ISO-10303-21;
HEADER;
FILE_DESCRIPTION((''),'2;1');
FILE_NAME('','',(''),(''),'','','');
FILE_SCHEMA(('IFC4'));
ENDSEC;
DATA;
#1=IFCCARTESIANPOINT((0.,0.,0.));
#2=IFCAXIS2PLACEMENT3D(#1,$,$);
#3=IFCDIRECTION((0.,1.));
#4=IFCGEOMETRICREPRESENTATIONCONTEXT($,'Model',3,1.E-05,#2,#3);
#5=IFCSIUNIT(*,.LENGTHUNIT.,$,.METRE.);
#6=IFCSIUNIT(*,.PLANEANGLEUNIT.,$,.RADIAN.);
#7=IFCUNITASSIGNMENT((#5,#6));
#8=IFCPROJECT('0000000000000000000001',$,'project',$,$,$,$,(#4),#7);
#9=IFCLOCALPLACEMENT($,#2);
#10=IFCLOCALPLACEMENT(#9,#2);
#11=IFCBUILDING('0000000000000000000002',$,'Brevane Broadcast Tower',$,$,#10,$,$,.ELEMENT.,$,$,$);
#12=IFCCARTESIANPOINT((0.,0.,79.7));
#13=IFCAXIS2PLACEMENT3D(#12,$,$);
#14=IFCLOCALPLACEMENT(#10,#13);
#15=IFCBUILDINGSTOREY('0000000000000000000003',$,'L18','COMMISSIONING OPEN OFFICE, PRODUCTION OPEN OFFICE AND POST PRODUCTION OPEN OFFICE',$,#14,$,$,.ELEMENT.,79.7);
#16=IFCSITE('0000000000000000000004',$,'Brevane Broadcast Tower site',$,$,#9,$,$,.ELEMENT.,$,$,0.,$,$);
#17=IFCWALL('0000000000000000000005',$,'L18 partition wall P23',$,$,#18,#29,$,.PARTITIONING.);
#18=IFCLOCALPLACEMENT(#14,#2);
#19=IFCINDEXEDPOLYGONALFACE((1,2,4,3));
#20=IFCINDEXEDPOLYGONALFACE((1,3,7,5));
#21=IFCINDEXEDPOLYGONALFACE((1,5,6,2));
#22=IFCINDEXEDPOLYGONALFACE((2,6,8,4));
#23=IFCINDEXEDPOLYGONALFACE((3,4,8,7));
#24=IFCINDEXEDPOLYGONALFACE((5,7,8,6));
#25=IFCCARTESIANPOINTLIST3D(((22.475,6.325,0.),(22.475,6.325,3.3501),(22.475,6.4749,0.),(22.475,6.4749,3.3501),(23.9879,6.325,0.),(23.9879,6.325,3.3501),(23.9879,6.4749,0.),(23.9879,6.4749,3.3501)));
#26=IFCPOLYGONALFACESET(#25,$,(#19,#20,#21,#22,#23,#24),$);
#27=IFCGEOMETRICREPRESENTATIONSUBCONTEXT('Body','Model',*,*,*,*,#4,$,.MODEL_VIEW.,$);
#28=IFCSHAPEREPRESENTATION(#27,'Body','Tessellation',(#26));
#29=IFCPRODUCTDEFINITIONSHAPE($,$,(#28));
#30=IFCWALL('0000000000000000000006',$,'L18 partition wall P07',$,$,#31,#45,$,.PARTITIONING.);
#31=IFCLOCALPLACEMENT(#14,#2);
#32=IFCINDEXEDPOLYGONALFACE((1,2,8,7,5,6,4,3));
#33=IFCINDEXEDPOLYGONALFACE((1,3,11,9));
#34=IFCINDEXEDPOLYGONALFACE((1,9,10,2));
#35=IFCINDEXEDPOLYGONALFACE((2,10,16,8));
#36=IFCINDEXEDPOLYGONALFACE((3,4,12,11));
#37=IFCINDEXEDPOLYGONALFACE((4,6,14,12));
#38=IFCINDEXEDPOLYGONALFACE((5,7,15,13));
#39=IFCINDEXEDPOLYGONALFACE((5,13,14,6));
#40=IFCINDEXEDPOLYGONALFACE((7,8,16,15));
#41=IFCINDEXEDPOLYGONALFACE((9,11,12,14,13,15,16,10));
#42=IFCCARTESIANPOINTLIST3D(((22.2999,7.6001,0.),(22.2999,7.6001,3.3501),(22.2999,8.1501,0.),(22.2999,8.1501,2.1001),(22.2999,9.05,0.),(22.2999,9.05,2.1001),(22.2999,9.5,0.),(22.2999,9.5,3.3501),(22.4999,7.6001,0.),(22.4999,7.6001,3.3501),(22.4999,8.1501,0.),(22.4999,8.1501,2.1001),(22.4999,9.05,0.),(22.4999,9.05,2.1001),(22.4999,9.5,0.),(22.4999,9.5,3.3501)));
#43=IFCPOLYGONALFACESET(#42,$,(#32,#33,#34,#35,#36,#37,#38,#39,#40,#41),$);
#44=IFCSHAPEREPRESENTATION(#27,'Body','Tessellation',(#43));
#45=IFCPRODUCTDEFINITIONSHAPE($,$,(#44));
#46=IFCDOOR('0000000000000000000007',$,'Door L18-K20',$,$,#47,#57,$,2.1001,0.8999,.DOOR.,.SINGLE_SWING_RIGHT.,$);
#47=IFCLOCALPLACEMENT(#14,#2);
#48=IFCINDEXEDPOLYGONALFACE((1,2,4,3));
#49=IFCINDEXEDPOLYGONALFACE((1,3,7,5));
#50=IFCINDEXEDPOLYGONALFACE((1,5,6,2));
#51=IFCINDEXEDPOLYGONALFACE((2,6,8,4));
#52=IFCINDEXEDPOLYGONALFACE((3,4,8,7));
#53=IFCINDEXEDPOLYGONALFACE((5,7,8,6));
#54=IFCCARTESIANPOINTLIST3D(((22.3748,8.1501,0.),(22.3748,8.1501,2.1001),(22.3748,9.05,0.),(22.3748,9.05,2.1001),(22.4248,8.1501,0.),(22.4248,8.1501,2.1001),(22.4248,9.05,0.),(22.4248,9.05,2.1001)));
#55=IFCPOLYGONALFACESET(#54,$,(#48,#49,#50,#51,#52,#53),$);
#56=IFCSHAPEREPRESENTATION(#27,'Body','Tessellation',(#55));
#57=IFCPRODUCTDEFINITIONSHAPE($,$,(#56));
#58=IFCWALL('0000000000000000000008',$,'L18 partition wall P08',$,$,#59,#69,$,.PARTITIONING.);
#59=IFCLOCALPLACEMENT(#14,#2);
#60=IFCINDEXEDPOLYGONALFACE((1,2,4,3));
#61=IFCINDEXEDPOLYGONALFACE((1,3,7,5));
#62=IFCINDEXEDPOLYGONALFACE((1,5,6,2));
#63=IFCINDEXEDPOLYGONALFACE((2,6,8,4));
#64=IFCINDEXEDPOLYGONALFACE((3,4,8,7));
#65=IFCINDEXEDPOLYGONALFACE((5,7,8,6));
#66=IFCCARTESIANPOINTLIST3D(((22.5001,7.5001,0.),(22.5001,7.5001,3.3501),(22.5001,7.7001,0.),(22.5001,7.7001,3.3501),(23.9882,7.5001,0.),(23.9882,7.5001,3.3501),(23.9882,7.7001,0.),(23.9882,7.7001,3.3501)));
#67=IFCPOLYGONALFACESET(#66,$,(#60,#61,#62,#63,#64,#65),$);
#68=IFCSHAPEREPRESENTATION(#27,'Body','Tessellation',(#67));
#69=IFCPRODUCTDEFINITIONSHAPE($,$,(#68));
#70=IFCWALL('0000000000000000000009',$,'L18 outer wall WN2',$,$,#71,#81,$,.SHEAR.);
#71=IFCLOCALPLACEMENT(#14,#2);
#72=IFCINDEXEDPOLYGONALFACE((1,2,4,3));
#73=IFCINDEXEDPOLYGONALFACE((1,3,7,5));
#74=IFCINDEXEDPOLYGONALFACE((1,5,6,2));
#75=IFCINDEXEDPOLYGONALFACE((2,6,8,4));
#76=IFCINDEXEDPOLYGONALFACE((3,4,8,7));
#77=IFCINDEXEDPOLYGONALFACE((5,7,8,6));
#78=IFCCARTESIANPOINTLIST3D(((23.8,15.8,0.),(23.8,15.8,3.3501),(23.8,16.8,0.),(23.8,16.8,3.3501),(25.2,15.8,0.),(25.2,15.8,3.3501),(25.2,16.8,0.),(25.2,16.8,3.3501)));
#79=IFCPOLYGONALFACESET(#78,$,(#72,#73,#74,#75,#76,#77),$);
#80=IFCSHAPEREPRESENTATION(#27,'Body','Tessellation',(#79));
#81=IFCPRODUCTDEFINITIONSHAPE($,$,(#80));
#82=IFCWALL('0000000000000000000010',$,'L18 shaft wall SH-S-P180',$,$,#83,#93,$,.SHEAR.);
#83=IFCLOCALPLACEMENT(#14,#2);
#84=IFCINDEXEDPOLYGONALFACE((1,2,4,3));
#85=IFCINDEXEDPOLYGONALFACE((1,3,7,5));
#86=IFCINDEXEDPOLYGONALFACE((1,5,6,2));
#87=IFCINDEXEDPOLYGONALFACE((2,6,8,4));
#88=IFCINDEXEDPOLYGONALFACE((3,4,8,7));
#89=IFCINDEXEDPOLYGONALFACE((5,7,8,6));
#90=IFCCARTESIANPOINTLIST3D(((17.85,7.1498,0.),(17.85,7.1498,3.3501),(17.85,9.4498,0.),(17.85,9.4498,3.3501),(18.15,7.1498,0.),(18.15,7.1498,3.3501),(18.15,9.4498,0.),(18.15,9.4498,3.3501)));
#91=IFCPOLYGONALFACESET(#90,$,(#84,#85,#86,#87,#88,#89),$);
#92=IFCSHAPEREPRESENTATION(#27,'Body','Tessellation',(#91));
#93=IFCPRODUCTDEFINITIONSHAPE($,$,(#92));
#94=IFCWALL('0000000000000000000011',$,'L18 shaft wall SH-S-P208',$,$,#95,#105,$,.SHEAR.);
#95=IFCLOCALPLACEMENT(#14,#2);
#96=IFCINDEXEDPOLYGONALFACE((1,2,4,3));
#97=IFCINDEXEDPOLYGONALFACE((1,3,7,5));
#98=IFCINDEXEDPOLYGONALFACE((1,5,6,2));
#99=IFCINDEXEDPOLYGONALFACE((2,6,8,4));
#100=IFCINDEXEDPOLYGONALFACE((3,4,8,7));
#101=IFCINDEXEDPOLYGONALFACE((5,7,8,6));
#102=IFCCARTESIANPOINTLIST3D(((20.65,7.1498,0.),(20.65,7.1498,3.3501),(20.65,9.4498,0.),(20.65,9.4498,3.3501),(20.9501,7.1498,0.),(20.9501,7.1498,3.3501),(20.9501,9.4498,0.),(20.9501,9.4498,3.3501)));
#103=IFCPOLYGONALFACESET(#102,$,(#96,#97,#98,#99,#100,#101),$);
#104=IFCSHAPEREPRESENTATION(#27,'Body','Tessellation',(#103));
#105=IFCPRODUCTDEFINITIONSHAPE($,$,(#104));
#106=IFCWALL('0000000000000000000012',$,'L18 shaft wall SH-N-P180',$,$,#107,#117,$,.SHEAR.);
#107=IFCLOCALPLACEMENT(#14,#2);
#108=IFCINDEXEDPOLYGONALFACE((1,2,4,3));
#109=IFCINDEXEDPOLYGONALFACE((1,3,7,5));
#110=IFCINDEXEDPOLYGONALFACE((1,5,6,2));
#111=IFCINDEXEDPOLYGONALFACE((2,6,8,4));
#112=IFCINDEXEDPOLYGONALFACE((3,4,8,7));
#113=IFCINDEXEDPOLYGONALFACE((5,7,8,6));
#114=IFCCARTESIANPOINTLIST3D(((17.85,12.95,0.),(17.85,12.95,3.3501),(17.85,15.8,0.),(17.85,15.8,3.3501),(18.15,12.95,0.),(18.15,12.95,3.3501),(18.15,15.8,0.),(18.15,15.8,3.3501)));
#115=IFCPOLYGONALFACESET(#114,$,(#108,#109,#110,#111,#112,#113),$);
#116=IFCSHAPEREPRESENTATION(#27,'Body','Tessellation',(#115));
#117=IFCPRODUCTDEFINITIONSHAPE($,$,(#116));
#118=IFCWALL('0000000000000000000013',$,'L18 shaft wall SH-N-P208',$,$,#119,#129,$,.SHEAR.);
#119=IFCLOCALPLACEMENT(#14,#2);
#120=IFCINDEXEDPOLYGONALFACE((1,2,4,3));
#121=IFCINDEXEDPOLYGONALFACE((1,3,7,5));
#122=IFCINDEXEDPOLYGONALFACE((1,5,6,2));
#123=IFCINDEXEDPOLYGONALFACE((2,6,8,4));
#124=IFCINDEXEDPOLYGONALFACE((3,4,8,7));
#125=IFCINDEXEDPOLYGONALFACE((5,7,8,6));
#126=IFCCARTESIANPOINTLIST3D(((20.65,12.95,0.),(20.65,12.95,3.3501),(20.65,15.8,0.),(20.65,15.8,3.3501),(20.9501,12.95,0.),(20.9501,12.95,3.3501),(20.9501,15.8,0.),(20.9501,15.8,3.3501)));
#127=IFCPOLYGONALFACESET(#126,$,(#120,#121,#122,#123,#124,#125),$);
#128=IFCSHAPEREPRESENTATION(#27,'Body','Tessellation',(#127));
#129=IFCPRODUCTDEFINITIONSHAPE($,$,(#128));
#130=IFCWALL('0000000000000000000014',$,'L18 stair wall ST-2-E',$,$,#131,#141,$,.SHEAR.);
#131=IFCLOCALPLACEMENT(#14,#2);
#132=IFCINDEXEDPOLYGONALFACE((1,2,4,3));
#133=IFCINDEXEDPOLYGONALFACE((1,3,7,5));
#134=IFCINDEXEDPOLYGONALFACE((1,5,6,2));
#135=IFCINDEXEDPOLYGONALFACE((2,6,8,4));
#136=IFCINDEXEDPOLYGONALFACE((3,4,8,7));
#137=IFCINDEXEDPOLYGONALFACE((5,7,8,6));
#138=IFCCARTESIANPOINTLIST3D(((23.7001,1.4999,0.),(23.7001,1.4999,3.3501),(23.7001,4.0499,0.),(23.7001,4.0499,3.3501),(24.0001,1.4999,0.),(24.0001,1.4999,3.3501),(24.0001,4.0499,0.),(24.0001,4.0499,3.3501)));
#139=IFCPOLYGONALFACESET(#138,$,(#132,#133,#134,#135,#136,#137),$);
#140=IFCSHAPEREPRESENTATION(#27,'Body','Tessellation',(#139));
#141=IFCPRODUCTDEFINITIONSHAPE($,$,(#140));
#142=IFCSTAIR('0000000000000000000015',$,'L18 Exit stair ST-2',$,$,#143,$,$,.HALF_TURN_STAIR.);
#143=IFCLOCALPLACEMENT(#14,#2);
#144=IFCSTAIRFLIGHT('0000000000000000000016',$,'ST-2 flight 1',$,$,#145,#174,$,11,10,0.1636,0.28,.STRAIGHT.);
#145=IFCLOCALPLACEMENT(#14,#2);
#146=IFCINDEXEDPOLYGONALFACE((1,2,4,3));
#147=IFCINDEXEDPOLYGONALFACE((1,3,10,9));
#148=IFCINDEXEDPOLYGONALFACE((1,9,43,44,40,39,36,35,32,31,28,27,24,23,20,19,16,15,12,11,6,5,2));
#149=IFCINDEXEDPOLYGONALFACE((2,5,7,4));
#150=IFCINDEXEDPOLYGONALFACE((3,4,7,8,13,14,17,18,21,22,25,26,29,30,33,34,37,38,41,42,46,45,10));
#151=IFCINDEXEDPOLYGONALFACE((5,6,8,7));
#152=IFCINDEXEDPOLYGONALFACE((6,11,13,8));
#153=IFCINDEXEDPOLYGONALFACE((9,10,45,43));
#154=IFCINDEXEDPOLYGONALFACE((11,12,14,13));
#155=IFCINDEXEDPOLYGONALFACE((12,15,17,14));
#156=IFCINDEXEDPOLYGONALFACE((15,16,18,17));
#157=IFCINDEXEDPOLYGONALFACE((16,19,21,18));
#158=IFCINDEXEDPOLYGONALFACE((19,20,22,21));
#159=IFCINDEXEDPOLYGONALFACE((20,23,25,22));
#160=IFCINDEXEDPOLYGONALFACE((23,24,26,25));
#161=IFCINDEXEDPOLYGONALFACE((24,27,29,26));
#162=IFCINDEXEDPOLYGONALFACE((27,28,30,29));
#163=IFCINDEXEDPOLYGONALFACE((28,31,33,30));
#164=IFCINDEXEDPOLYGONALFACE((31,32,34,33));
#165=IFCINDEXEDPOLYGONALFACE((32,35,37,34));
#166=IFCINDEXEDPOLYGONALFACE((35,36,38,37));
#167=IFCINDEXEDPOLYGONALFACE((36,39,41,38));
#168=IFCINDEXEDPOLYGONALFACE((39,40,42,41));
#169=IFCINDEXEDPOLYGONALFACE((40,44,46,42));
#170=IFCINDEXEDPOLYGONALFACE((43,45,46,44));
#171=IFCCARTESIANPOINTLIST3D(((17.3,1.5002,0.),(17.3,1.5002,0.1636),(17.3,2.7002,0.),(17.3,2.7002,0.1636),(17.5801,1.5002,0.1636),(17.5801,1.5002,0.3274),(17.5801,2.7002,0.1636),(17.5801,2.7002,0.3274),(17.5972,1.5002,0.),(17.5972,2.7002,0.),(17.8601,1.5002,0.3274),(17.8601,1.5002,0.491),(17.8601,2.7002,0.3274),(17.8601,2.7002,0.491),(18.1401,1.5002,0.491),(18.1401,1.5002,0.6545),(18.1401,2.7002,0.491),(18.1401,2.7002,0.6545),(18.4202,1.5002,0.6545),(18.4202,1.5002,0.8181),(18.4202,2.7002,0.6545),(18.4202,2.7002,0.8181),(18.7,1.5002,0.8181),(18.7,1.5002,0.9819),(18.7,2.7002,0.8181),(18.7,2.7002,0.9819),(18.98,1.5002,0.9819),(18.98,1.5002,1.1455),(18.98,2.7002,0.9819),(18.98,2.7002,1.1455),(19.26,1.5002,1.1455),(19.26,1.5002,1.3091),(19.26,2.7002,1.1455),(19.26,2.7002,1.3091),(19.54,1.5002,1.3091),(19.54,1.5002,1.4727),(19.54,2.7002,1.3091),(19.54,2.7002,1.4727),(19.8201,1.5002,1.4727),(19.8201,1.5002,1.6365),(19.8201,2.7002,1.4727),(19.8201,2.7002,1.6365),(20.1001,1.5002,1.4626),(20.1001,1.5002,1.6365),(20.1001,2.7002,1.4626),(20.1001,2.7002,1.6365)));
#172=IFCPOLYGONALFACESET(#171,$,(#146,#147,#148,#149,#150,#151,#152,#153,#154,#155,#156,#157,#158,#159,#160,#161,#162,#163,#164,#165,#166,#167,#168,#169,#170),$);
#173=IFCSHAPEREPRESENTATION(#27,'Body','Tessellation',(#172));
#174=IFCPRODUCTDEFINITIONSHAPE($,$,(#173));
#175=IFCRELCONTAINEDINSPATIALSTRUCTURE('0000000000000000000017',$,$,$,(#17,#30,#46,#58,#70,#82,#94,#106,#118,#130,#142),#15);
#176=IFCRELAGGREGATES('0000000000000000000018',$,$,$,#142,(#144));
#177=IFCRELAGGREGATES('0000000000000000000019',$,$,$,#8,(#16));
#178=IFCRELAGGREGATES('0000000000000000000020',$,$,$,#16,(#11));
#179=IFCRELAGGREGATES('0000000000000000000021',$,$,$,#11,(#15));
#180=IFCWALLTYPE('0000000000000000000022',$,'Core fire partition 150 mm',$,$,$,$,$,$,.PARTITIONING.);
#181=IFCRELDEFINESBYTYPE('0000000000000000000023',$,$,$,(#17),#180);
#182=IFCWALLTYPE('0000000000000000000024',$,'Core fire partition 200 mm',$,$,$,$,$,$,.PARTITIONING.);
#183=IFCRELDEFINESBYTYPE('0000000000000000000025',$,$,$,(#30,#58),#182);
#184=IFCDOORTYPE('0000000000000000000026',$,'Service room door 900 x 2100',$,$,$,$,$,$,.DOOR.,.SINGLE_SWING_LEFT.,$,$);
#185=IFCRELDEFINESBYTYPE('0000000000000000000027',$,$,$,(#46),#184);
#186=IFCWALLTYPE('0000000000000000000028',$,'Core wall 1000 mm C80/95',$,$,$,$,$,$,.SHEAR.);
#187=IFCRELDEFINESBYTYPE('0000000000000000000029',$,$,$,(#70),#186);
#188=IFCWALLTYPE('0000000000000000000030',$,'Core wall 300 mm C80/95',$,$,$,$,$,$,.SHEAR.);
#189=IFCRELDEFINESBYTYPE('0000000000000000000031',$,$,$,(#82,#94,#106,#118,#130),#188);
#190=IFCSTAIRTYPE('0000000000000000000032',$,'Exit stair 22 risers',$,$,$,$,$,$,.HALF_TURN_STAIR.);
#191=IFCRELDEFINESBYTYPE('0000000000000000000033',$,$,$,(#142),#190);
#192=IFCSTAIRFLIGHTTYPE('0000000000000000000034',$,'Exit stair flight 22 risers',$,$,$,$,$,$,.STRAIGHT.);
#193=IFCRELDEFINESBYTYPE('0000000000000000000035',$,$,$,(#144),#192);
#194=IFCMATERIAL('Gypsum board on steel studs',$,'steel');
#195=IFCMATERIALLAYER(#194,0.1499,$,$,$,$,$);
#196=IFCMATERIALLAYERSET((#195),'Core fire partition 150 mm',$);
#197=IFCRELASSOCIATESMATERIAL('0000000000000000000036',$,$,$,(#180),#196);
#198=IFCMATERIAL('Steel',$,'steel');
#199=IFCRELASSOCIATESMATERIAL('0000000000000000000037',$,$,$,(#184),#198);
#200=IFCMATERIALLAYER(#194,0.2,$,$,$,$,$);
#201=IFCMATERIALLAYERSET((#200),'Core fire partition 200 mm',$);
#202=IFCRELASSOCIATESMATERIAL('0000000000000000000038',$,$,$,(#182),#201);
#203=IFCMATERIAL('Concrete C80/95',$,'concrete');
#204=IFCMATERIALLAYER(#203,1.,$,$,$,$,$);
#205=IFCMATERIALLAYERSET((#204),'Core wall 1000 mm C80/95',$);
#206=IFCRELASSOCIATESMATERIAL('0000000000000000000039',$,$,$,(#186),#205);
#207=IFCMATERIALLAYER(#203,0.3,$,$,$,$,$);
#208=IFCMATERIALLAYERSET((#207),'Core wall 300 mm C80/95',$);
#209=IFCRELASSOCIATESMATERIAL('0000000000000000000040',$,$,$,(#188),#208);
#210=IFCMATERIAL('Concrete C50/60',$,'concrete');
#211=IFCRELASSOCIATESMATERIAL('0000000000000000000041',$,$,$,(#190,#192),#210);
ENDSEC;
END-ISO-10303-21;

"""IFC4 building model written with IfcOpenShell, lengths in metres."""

from ifc_helpers import new_model, si_unit, direction, frame, frame_2d, origin, place, context, subcontext, project, spatial, polyline, rectangle, outline, extrude, material, layer, layer_set, type_object, element, fill, aggregate, save


model = new_model("IFC4")

# Units and contexts
model_context = context("Model", 3, precision=1e-05, world=origin(), true_north=direction((0.0, 1.0)))
body_context = subcontext(model_context, "Body", "Model", "MODEL_VIEW")
ifc_project = project(units=[si_unit("LENGTHUNIT", "METRE"), si_unit("PLANEANGLEUNIT", "RADIAN")], contexts=[model_context])

# Site, building, storey
site_placement = place(None, origin())
site = spatial("IfcSite", under=ifc_project, at=site_placement, Name="Brevane Broadcast Tower site", CompositionType="ELEMENT", RefElevation=0.0)
building_placement = place(site_placement, origin())
building = spatial("IfcBuilding", under=site, at=building_placement, Name="Brevane Broadcast Tower", CompositionType="ELEMENT")
storey_placement = place(building_placement, frame((0.0, 0.0, 79.7)))
storey = spatial("IfcBuildingStorey", under=building, at=storey_placement, Name="L18", Description="COMMISSIONING OPEN OFFICE, PRODUCTION OPEN OFFICE AND POST PRODUCTION OPEN OFFICE", CompositionType="ELEMENT", Elevation=79.7)

# Shared definitions
ifc_material_1 = material(Name="Gypsum board on steel studs", Category="steel")
ifc_layer_1 = layer(ifc_material_1, 0.1499)
ifc_layer_set_1 = layer_set([ifc_layer_1], Name="Core fire partition 150 mm")
wall_type_1 = type_object("IfcWallType", Name="Core fire partition 150 mm", PredefinedType="PARTITIONING", material=ifc_layer_set_1)

# Shared definitions
ifc_material_2 = material(Name="Steel", Category="steel")
door_type_1 = type_object("IfcDoorType", Name="Service room door 900 x 2100", OperationType="SINGLE_SWING_LEFT", PredefinedType="DOOR", material=ifc_material_2)

# Wall
wall_1_placement = place(storey_placement, frame((22.4751, 6.3999, 0.0), z_axis=(0.0, 0.0, 1.0), x_axis=(1.0, 0.0, 0.0)))
element("IfcWall", 1, at=wall_1_placement, inside=storey, type_object=wall_type_1, Name="L18 partition wall P23", PredefinedType="PARTITIONING", context=body_context, shape_type="SweptSolid", body=[
    extrude(rectangle(XDim=1.5129, YDim=0.1499, at=frame_2d((0.7563, 0.0))), origin(), (0.0, 0.0, 1.0), 3.3501),
])

# Wall, opening, door
ifc_layer_2 = layer(ifc_material_1, 0.2)
ifc_layer_set_2 = layer_set([ifc_layer_2], Name="Core fire partition 200 mm")
wall_type_2 = type_object("IfcWallType", Name="Core fire partition 200 mm", PredefinedType="PARTITIONING", material=ifc_layer_set_2)
wall_2_placement = place(storey_placement, frame((22.3999, 9.5, 0.0), z_axis=(0.0, 0.0, 1.0), x_axis=(0.0, -1.0, 0.0)))
wall_2 = element("IfcWall", 2, at=wall_2_placement, inside=storey, type_object=wall_type_2, Name="L18 partition wall P07", PredefinedType="PARTITIONING", context=body_context, shape_type="SweptSolid", body=[
    extrude(rectangle(XDim=1.8999, YDim=0.2, at=frame_2d((0.95, 0.0))), origin(), (0.0, 0.0, 1.0), 3.3501),
])
opening_1_placement = place(wall_2_placement, frame((0.45, 0.0, 0.0)))
opening_1 = element("IfcOpeningElement", 3, at=opening_1_placement, cuts=wall_2, PredefinedType="OPENING", context=body_context, shape_type="SweptSolid", body=[
    extrude(rectangle(XDim=0.8999, YDim=2.1001, at=frame_2d((0.45, 1.05))), frame((0.0, 0.1099, 0.0), z_axis=(0.0, -1.0, 0.0), x_axis=(1.0, 0.0, 0.0)), (0.0, 0.0, 1.0), 0.22),
])
door_1_placement = place(opening_1_placement, origin())
door_1 = element("IfcDoor", 4, at=door_1_placement, inside=storey, type_object=door_type_1, Name="Door L18-K20", OperationType="SINGLE_SWING_RIGHT", OverallHeight=2.1001, OverallWidth=0.8999, PredefinedType="DOOR", context=body_context, shape_type="SweptSolid", body=[
    extrude(rectangle(XDim=0.8999, YDim=2.1001, at=frame_2d((0.45, 1.05))), frame((0.0, 0.0249, 0.0), z_axis=(0.0, -1.0, 0.0), x_axis=(1.0, 0.0, 0.0)), (0.0, 0.0, 1.0), 0.05),
])
fill(opening_1, door_1)

# Walls
wall_3_placement = place(storey_placement, frame((22.5, 7.6001, 0.0), z_axis=(0.0, 0.0, 1.0), x_axis=(1.0, 0.0, 0.0)))
element("IfcWall", 5, at=wall_3_placement, inside=storey, type_object=wall_type_2, Name="L18 partition wall P08", PredefinedType="PARTITIONING", context=body_context, shape_type="SweptSolid", body=[
    extrude(rectangle(XDim=1.488, YDim=0.2, at=frame_2d((0.7441, 0.0))), origin(), (0.0, 0.0, 1.0), 3.3501),
])
ifc_material_3 = material(Name="Concrete C80/95", Category="concrete")
ifc_layer_3 = layer(ifc_material_3, 1.0)
ifc_layer_set_3 = layer_set([ifc_layer_3], Name="Core wall 1000 mm C80/95")
wall_type_3 = type_object("IfcWallType", Name="Core wall 1000 mm C80/95", PredefinedType="SHEAR", material=ifc_layer_set_3)
wall_4_placement = place(storey_placement, frame((23.8, 16.3, 0.0), z_axis=(0.0, 0.0, 1.0), x_axis=(1.0, 0.0, 0.0)))
element("IfcWall", 6, at=wall_4_placement, inside=storey, type_object=wall_type_3, Name="L18 outer wall WN2", PredefinedType="SHEAR", context=body_context, shape_type="SweptSolid", body=[
    extrude(rectangle(XDim=1.3999, YDim=1.0, at=frame_2d((0.7, 0.0))), origin(), (0.0, 0.0, 1.0), 3.3501),
])
ifc_layer_4 = layer(ifc_material_3, 0.3)
ifc_layer_set_4 = layer_set([ifc_layer_4], Name="Core wall 300 mm C80/95")
wall_type_4 = type_object("IfcWallType", Name="Core wall 300 mm C80/95", PredefinedType="SHEAR", material=ifc_layer_set_4)
for number, where, z_axis, x_axis, name in (
    (7, (18.0, 7.1499, 0.0), (0.0, 0.0, 1.0), (0.0, 1.0, 0.0), "L18 shaft wall SH-S-P180"),
    (8, (20.8, 7.1499, 0.0), (0.0, 0.0, 1.0), (0.0, 1.0, 0.0), "L18 shaft wall SH-S-P208"),
):
    element("IfcWall", number, at=place(storey_placement, frame(where, z_axis=z_axis, x_axis=x_axis)), inside=storey, type_object=wall_type_4, Name=name, PredefinedType="SHEAR", context=body_context, shape_type="SweptSolid", body=[
        extrude(rectangle(XDim=2.3, YDim=0.3, at=frame_2d((1.1499, 0.0))), origin(), (0.0, 0.0, 1.0), 3.3501),
    ])
for number, where, z_axis, x_axis, name in (
    (9, (18.0, 12.95, 0.0), (0.0, 0.0, 1.0), (0.0, 1.0, 0.0), "L18 shaft wall SH-N-P180"),
    (10, (20.8, 12.95, 0.0), (0.0, 0.0, 1.0), (0.0, 1.0, 0.0), "L18 shaft wall SH-N-P208"),
):
    element("IfcWall", number, at=place(storey_placement, frame(where, z_axis=z_axis, x_axis=x_axis)), inside=storey, type_object=wall_type_4, Name=name, PredefinedType="SHEAR", context=body_context, shape_type="SweptSolid", body=[
        extrude(rectangle(XDim=2.8501, YDim=0.3, at=frame_2d((1.425, 0.0))), origin(), (0.0, 0.0, 1.0), 3.3501),
    ])
wall_5_placement = place(storey_placement, frame((23.8501, 1.5, 0.0), z_axis=(0.0, 0.0, 1.0), x_axis=(0.0, 1.0, 0.0)))
element("IfcWall", 11, at=wall_5_placement, inside=storey, type_object=wall_type_4, Name="L18 stair wall ST-2-E", PredefinedType="SHEAR", context=body_context, shape_type="SweptSolid", body=[
    extrude(rectangle(XDim=2.55, YDim=0.3, at=frame_2d((1.2749, 0.0))), origin(), (0.0, 0.0, 1.0), 3.3501),
])

# Stair, stair flight
ifc_material_4 = material(Name="Concrete C50/60", Category="concrete")
stair_type = type_object("IfcStairType", Name="Exit stair 22 risers", PredefinedType="HALF_TURN_STAIR", material=ifc_material_4)
stair_placement = place(storey_placement, origin())
stair = element("IfcStair", 12, at=stair_placement, inside=storey, type_object=stair_type, Name="L18 Exit stair ST-2", PredefinedType="HALF_TURN_STAIR")
stair_flight_type = type_object("IfcStairFlightType", Name="Exit stair flight 22 risers", PredefinedType="STRAIGHT", material=ifc_material_4)
stair_flight_1_placement = place(storey_placement, frame((17.3, 2.1001, 0.0), z_axis=(0.0, 0.0, 1.0), x_axis=(1.0, 0.0, 0.0)))
stair_flight_1 = element("IfcStairFlight", 13, at=stair_flight_1_placement, type_object=stair_flight_type, Name="ST-2 flight 1", NumberOfRisers=11, NumberOfTreads=10, PredefinedType="STRAIGHT", RiserHeight=0.1636, TreadLength=0.28, context=body_context, shape_type="SweptSolid", body=[
    extrude(outline(polyline([(0.0, 0.0), (0.0, 0.1636), (0.28, 0.1636), (0.28, 0.3274), (0.5601, 0.3274), (0.5601, 0.491), (0.8401, 0.491), (0.8401, 0.6545), (1.1201, 0.6545), (1.1201, 0.8181), (1.3999, 0.8181), (1.3999, 0.9819), (1.6799, 0.9819), (1.6799, 1.1455), (1.96, 1.1455), (1.96, 1.3091), (2.24, 1.3091), (2.24, 1.4727), (2.52, 1.4727), (2.52, 1.6365), (2.8, 1.6365), (2.8, 1.8), (2.8, 1.4626), (0.2971, 0.0), (0.0, 0.0)])), frame((0.0, 0.6001, 0.0), z_axis=(0.0, -1.0, 0.0), x_axis=(1.0, 0.0, 0.0)), (0.0, 0.0, 1.0), 1.2),
])
aggregate(stair, [stair_flight_1])

save(model, "model.ifc")
